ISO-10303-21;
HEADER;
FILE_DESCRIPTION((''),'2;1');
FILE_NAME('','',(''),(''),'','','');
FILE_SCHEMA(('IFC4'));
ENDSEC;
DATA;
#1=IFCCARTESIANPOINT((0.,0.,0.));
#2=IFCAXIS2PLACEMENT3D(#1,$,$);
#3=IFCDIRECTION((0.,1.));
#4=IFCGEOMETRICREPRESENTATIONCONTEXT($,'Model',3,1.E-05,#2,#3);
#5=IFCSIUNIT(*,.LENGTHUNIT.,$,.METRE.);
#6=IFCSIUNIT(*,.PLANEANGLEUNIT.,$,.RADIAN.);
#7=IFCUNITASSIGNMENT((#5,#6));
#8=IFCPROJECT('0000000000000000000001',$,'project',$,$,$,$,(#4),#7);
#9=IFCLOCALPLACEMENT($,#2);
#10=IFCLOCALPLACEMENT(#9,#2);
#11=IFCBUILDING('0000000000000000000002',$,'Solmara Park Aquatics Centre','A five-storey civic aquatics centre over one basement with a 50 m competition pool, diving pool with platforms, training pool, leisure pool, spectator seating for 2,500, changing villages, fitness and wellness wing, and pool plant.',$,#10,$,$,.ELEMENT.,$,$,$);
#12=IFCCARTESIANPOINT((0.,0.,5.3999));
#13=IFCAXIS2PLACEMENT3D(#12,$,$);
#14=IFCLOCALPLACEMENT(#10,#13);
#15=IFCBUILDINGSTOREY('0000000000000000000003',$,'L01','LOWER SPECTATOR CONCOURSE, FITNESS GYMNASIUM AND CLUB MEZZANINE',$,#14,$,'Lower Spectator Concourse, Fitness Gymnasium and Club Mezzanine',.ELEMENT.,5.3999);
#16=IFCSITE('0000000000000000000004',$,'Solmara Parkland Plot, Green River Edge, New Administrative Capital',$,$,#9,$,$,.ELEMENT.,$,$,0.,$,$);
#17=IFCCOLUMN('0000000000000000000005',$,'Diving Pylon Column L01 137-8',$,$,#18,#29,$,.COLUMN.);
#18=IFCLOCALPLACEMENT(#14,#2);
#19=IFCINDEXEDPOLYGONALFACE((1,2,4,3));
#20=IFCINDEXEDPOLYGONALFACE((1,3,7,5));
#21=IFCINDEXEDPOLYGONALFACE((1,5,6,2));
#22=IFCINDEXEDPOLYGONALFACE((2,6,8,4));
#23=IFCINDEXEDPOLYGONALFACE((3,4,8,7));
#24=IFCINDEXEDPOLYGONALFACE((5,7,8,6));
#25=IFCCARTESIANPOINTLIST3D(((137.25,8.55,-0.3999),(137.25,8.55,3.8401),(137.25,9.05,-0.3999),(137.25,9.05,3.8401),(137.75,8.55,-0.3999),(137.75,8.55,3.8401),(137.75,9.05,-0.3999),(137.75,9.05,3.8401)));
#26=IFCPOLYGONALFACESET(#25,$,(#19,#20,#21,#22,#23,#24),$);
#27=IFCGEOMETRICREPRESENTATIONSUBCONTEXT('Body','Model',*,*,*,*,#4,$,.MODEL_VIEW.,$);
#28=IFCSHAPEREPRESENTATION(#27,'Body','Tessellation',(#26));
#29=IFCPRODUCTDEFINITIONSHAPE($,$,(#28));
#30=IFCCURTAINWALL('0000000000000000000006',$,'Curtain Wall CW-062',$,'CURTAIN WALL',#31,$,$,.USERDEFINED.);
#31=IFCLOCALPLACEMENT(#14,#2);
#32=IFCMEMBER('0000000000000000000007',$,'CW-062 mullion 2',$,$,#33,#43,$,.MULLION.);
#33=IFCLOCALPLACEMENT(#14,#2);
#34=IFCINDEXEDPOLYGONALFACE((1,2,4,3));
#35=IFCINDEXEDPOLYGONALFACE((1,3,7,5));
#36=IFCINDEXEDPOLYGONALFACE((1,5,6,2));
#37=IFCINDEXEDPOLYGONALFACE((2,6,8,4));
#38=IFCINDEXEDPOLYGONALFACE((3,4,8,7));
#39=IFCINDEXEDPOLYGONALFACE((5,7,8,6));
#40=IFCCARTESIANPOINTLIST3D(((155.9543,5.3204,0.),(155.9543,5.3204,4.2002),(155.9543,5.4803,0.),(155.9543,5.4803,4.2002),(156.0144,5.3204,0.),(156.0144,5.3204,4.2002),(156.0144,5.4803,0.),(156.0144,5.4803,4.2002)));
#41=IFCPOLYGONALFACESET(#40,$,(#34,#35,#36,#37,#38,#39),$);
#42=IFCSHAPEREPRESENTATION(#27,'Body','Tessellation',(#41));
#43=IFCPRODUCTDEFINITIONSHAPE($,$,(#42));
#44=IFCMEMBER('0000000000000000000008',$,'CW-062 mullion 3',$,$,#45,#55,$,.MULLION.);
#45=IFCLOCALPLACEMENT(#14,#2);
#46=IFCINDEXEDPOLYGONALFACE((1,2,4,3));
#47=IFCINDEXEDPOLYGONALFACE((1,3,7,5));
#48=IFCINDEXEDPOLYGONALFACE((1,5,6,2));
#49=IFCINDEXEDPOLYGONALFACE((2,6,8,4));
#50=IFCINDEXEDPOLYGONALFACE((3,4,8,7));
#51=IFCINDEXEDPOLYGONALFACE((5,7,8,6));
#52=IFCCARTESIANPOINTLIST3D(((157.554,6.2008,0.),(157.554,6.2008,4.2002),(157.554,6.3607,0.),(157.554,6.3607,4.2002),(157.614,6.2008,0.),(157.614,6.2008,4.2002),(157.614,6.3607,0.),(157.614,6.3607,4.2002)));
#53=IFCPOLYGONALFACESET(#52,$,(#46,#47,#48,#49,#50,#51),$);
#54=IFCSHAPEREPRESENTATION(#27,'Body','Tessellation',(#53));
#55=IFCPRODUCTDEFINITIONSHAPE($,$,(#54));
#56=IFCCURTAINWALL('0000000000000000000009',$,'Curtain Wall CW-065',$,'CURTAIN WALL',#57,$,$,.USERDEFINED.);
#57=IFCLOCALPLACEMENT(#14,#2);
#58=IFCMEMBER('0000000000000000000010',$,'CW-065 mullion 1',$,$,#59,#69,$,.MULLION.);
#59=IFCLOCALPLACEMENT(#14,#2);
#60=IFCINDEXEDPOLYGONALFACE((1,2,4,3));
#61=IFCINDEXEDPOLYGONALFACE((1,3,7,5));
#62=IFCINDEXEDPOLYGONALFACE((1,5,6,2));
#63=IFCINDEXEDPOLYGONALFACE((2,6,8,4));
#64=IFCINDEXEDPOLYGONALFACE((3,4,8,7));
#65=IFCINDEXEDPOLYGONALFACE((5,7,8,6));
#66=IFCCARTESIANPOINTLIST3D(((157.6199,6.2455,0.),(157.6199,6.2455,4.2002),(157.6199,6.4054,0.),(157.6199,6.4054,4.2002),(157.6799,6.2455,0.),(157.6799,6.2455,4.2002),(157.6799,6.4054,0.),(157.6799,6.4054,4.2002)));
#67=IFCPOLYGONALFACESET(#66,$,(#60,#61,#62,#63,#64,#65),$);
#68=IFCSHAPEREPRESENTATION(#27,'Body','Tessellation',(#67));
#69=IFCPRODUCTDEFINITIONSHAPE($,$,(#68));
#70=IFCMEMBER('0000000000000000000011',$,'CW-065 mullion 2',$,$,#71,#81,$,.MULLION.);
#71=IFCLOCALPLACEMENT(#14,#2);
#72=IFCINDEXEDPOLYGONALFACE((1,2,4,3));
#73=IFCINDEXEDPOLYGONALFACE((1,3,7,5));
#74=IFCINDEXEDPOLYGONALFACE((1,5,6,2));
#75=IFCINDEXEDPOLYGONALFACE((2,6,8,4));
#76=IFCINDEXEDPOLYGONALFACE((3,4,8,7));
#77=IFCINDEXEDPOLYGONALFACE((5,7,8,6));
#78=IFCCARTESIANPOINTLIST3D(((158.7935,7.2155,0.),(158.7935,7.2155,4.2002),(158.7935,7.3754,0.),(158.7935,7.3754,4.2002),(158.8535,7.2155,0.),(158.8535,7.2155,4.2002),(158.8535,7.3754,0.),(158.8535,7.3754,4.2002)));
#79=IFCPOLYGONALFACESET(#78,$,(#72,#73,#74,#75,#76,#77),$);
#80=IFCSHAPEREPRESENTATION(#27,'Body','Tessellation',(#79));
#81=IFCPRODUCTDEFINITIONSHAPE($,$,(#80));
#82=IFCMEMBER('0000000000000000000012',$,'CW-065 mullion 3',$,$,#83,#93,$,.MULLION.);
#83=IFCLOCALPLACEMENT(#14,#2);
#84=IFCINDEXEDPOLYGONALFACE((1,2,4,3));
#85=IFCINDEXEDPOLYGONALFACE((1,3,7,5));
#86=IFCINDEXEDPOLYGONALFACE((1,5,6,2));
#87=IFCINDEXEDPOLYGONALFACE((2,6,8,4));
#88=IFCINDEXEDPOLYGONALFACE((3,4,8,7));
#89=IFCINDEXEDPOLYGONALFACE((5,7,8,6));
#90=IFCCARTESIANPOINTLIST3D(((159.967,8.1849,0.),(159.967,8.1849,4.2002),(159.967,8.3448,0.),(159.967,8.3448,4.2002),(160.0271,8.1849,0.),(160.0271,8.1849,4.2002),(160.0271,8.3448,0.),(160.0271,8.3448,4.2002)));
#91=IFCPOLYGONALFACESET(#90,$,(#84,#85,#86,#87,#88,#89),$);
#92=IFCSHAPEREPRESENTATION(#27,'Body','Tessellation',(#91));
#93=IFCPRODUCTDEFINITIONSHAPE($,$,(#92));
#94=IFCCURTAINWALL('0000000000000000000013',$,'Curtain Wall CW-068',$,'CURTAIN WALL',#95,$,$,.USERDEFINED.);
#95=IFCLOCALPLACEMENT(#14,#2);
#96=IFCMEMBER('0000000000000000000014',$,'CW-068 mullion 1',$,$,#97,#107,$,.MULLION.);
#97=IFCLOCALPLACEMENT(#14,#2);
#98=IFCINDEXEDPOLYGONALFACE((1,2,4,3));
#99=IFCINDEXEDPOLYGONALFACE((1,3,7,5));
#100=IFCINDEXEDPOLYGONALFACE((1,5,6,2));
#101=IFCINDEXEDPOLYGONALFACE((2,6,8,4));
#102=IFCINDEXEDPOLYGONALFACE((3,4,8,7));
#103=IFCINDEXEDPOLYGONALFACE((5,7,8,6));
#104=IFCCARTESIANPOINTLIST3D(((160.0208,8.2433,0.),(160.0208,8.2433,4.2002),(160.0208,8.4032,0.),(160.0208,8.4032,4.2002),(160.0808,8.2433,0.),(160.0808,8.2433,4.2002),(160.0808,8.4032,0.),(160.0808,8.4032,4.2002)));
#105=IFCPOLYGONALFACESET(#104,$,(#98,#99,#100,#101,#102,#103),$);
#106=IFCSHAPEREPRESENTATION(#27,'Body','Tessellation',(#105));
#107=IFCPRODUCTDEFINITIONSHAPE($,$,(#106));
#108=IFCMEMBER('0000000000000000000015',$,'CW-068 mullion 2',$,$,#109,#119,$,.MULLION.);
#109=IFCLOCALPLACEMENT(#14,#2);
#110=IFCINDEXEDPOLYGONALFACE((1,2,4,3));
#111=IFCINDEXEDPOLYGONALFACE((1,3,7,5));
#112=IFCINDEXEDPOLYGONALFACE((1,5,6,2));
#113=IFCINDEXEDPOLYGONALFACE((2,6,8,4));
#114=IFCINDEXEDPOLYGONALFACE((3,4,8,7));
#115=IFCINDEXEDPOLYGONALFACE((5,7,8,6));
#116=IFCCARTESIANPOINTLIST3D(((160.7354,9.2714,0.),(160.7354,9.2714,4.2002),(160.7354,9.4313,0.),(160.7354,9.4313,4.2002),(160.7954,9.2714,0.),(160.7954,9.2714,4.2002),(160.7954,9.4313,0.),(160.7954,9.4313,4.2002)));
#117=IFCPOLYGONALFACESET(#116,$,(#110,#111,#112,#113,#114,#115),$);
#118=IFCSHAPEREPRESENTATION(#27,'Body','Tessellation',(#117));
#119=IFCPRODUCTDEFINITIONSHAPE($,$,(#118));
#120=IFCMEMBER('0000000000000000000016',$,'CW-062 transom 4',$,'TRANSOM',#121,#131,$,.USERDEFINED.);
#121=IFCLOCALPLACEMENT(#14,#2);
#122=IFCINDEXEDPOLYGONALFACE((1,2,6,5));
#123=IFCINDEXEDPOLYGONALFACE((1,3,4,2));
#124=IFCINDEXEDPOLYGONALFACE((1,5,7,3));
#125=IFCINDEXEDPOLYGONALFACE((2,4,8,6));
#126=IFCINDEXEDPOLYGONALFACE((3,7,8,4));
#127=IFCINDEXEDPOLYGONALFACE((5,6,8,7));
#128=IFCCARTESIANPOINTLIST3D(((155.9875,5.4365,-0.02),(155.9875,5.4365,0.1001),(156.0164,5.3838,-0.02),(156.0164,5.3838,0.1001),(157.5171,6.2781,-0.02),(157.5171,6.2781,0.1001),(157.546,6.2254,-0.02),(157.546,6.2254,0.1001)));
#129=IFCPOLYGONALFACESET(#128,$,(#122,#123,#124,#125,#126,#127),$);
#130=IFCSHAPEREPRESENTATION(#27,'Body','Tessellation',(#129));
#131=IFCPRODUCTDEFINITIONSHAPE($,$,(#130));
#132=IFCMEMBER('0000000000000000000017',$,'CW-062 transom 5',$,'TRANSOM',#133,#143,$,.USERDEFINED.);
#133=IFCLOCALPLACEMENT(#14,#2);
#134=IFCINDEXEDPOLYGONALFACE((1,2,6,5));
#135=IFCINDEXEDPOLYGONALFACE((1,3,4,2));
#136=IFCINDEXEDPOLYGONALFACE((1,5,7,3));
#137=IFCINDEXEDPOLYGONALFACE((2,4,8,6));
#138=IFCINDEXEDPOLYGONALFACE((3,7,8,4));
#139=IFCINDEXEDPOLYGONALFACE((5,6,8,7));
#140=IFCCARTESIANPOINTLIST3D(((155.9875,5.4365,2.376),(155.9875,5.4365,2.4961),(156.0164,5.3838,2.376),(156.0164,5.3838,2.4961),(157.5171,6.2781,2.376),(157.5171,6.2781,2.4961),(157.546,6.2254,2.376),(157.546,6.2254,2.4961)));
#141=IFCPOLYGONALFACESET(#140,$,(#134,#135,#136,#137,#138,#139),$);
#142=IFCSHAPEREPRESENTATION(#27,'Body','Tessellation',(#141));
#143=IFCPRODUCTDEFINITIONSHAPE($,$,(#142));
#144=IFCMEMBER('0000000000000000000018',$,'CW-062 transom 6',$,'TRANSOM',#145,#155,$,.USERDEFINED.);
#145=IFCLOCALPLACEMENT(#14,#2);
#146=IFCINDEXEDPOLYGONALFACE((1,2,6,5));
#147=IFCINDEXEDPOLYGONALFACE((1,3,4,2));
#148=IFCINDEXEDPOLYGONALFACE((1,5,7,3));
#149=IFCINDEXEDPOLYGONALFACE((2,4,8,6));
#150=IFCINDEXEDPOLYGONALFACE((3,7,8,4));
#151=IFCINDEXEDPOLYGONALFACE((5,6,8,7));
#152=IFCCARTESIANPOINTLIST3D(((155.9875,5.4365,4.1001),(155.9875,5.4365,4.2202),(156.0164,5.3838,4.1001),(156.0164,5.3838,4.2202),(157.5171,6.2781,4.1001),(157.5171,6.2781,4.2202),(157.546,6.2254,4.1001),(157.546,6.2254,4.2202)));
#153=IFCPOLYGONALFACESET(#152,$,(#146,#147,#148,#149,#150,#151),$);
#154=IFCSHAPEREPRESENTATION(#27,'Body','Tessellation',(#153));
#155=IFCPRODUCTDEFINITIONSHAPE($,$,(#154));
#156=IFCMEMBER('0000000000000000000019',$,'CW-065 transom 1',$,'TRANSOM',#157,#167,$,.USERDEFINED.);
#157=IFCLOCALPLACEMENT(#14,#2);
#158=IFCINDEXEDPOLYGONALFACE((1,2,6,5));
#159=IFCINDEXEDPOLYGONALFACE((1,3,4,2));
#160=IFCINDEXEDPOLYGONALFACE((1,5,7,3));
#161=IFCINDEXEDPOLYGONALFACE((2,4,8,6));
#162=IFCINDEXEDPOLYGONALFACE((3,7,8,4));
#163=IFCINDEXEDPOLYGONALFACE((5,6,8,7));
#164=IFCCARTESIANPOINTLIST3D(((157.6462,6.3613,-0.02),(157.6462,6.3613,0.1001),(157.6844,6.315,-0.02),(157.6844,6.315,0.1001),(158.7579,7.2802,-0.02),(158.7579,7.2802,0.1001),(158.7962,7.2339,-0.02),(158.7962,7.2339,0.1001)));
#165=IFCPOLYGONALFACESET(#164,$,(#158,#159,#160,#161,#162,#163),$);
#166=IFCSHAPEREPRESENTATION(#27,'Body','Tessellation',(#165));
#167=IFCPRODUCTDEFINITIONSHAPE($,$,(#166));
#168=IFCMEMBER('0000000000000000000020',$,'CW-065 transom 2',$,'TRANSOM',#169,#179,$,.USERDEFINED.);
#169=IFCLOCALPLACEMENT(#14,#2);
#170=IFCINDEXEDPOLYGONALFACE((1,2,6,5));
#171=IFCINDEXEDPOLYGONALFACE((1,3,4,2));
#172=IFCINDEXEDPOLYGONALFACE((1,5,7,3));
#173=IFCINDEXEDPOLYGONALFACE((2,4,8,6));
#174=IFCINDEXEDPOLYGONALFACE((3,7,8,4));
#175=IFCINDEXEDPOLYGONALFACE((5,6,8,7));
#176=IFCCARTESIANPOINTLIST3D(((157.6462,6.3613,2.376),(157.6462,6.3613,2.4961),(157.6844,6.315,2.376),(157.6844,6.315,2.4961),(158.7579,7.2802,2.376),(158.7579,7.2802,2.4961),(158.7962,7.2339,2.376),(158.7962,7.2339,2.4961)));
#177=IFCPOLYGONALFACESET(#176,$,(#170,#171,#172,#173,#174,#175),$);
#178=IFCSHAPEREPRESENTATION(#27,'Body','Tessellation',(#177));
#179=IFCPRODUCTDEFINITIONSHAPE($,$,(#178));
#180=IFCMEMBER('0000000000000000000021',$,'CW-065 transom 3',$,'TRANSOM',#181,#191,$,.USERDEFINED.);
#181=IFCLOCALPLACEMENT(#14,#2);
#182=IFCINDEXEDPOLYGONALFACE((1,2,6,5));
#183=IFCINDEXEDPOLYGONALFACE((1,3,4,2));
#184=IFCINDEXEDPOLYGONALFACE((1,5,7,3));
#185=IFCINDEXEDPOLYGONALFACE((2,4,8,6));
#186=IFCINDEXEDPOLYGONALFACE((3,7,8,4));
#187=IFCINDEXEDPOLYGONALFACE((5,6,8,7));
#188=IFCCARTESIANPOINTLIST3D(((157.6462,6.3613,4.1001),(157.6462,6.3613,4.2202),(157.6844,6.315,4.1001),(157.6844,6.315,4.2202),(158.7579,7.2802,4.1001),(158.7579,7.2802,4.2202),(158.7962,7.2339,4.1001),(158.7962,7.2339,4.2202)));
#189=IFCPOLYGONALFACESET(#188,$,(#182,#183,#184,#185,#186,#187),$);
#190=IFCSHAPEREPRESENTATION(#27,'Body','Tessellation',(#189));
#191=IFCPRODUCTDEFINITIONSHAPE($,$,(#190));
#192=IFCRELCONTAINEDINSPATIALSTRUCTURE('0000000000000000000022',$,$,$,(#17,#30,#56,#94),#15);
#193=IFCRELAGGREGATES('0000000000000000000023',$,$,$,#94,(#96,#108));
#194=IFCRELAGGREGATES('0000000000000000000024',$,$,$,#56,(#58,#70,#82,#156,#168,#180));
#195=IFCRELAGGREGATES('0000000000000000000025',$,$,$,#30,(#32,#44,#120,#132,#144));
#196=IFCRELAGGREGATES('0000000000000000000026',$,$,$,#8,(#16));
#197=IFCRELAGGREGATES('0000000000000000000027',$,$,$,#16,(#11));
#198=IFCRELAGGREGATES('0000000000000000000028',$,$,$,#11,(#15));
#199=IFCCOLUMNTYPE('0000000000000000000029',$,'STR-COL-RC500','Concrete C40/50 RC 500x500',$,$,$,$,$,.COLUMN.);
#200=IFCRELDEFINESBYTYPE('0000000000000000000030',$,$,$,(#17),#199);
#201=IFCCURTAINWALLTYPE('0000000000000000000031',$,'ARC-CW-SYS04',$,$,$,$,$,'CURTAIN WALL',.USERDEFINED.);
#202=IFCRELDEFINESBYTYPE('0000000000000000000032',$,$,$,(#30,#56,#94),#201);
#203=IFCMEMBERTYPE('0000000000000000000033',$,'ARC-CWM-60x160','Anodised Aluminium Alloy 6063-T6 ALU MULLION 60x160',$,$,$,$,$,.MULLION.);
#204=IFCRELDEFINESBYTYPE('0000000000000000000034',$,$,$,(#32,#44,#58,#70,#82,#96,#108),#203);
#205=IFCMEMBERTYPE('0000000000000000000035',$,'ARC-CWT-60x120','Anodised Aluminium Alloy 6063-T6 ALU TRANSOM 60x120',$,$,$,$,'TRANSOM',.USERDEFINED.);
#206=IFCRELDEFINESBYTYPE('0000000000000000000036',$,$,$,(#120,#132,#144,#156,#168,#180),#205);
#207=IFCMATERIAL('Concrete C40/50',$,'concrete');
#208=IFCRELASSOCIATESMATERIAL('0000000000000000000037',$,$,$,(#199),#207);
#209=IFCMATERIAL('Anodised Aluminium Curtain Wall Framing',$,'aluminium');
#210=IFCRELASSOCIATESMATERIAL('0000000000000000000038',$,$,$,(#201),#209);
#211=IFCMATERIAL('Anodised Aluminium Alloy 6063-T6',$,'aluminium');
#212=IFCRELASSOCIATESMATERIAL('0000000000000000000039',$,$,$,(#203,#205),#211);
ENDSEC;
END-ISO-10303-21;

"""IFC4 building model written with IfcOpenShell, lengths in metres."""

from ifc_helpers import new_model, si_unit, direction, frame, origin, origin_2d, place, context, subcontext, project, spatial, rectangle, extrude, material, material_profile, profile_set, type_object, element, aggregate, save


model = new_model("IFC4")

# Units and contexts
model_context = context("Model", 3, precision=1e-05, world=origin(), true_north=direction((0.0, 1.0)))
body_context = subcontext(model_context, "Body", "Model", "MODEL_VIEW")
ifc_project = project(units=[si_unit("LENGTHUNIT", "METRE"), si_unit("PLANEANGLEUNIT", "RADIAN")], contexts=[model_context])

# Site, building, storey
site_placement = place(None, origin())
site = spatial("IfcSite", under=ifc_project, at=site_placement, Name="Solmara Parkland Plot, Green River Edge, New Administrative Capital", CompositionType="ELEMENT", RefElevation=0.0)
building_placement = place(site_placement, origin())
building = spatial("IfcBuilding", under=site, at=building_placement, Name="Solmara Park Aquatics Centre", Description="A five-storey civic aquatics centre over one basement with a 50 m competition pool, diving pool with platforms, training pool, leisure pool, spectator seating for 2,500, changing villages, fitness and wellness wing, and pool plant.", CompositionType="ELEMENT")
storey_placement = place(building_placement, frame((0.0, 0.0, 5.3999)))
storey = spatial("IfcBuildingStorey", under=building, at=storey_placement, Name="L01", Description="LOWER SPECTATOR CONCOURSE, FITNESS GYMNASIUM AND CLUB MEZZANINE", LongName="Lower Spectator Concourse, Fitness Gymnasium and Club Mezzanine", CompositionType="ELEMENT", Elevation=5.3999)

# Column
ifc_material_1 = material(Name="Concrete C40/50", Category="concrete")
ifc_material_profile_1 = material_profile(ifc_material_1, rectangle(XDim=0.5, YDim=0.5, at=origin_2d()), Name="RC 500x500")
ifc_profile_set_1 = profile_set([ifc_material_profile_1], Name="Concrete C40/50")
column_type = type_object("IfcColumnType", Name="STR-COL-RC500", Description="Concrete C40/50 RC 500x500", PredefinedType="COLUMN", material=ifc_profile_set_1)
column_placement = place(storey_placement, frame((137.5, 8.8, -0.3999), z_axis=(0.0, 0.0, 1.0), x_axis=(1.0, 0.0, 0.0)))
element("IfcColumn", 1, at=column_placement, inside=storey, type_object=column_type, Name="Diving Pylon Column L01 137-8", PredefinedType="COLUMN", context=body_context, shape_type="SweptSolid", body=[
    extrude(rectangle(XDim=0.5, YDim=0.5, at=origin_2d()), origin(), (0.0, 0.0, 1.0), 4.24),
])

# Curtain walls, members
ifc_material_2 = material(Name="Anodised Aluminium Curtain Wall Framing", Category="aluminium")
curtain_wall_type = type_object("IfcCurtainWallType", Name="ARC-CW-SYS04", ElementType="CURTAIN WALL", PredefinedType="USERDEFINED", material=ifc_material_2)
curtain_wall_1_placement = place(storey_placement, origin())
curtain_wall_1 = element("IfcCurtainWall", 2, at=curtain_wall_1_placement, inside=storey, type_object=curtain_wall_type, Name="Curtain Wall CW-062", ObjectType="CURTAIN WALL", PredefinedType="USERDEFINED")
ifc_material_3 = material(Name="Anodised Aluminium Alloy 6063-T6", Category="aluminium")
ifc_material_profile_2 = material_profile(ifc_material_3, rectangle(XDim=0.0601, YDim=0.1599, at=origin_2d()), Name="ALU MULLION 60x160")
ifc_profile_set_2 = profile_set([ifc_material_profile_2], Name="Anodised Aluminium Alloy 6063-T6")
member_type_1 = type_object("IfcMemberType", Name="ARC-CWM-60x160", Description="Anodised Aluminium Alloy 6063-T6 ALU MULLION 60x160", PredefinedType="MULLION", material=ifc_profile_set_2)
member_1_placement = place(storey_placement, frame((155.9844, 5.4004, 0.0), z_axis=(0.0, 0.0, 1.0), x_axis=(1.0, 0.0, 0.0)))
member_1 = element("IfcMember", 3, at=member_1_placement, type_object=member_type_1, Name="CW-062 mullion 2", PredefinedType="MULLION", context=body_context, shape_type="SweptSolid", body=[
    extrude(rectangle(XDim=0.0601, YDim=0.1599, at=origin_2d()), origin(), (0.0, 0.0, 1.0), 4.2002),
])
member_2_placement = place(storey_placement, frame((157.584, 6.2808, 0.0), z_axis=(0.0, 0.0, 1.0), x_axis=(1.0, 0.0, 0.0)))
member_2 = element("IfcMember", 4, at=member_2_placement, type_object=member_type_1, Name="CW-062 mullion 3", PredefinedType="MULLION", context=body_context, shape_type="SweptSolid", body=[
    extrude(rectangle(XDim=0.0601, YDim=0.1599, at=origin_2d()), origin(), (0.0, 0.0, 1.0), 4.2002),
])
curtain_wall_2_placement = place(storey_placement, origin())
curtain_wall_2 = element("IfcCurtainWall", 5, at=curtain_wall_2_placement, inside=storey, type_object=curtain_wall_type, Name="Curtain Wall CW-065", ObjectType="CURTAIN WALL", PredefinedType="USERDEFINED")
member_3_placement = place(storey_placement, frame((157.6499, 6.3254, 0.0), z_axis=(0.0, 0.0, 1.0), x_axis=(1.0, 0.0, 0.0)))
member_3 = element("IfcMember", 6, at=member_3_placement, type_object=member_type_1, Name="CW-065 mullion 1", PredefinedType="MULLION", context=body_context, shape_type="SweptSolid", body=[
    extrude(rectangle(XDim=0.0601, YDim=0.1599, at=origin_2d()), origin(), (0.0, 0.0, 1.0), 4.2002),
])
member_4_placement = place(storey_placement, frame((158.8235, 7.2954, 0.0), z_axis=(0.0, 0.0, 1.0), x_axis=(1.0, 0.0, 0.0)))
member_4 = element("IfcMember", 7, at=member_4_placement, type_object=member_type_1, Name="CW-065 mullion 2", PredefinedType="MULLION", context=body_context, shape_type="SweptSolid", body=[
    extrude(rectangle(XDim=0.0601, YDim=0.1599, at=origin_2d()), origin(), (0.0, 0.0, 1.0), 4.2002),
])
member_5_placement = place(storey_placement, frame((159.9971, 8.2649, 0.0), z_axis=(0.0, 0.0, 1.0), x_axis=(1.0, 0.0, 0.0)))
member_5 = element("IfcMember", 8, at=member_5_placement, type_object=member_type_1, Name="CW-065 mullion 3", PredefinedType="MULLION", context=body_context, shape_type="SweptSolid", body=[
    extrude(rectangle(XDim=0.0601, YDim=0.1599, at=origin_2d()), origin(), (0.0, 0.0, 1.0), 4.2002),
])
curtain_wall_3_placement = place(storey_placement, origin())
curtain_wall_3 = element("IfcCurtainWall", 9, at=curtain_wall_3_placement, inside=storey, type_object=curtain_wall_type, Name="Curtain Wall CW-068", ObjectType="CURTAIN WALL", PredefinedType="USERDEFINED")
member_6_placement = place(storey_placement, frame((160.0508, 8.3232, 0.0), z_axis=(0.0, 0.0, 1.0), x_axis=(1.0, 0.0, 0.0)))
member_6 = element("IfcMember", 10, at=member_6_placement, type_object=member_type_1, Name="CW-068 mullion 1", PredefinedType="MULLION", context=body_context, shape_type="SweptSolid", body=[
    extrude(rectangle(XDim=0.0601, YDim=0.1599, at=origin_2d()), origin(), (0.0, 0.0, 1.0), 4.2002),
])
member_7_placement = place(storey_placement, frame((160.7654, 9.3513, 0.0), z_axis=(0.0, 0.0, 1.0), x_axis=(1.0, 0.0, 0.0)))
member_7 = element("IfcMember", 11, at=member_7_placement, type_object=member_type_1, Name="CW-068 mullion 2", PredefinedType="MULLION", context=body_context, shape_type="SweptSolid", body=[
    extrude(rectangle(XDim=0.0601, YDim=0.1599, at=origin_2d()), origin(), (0.0, 0.0, 1.0), 4.2002),
])

# Members
ifc_material_profile_3 = material_profile(ifc_material_3, rectangle(XDim=0.0601, YDim=0.1201, at=origin_2d()), Name="ALU TRANSOM 60x120")
ifc_profile_set_3 = profile_set([ifc_material_profile_3], Name="Anodised Aluminium Alloy 6063-T6")
member_type_2 = type_object("IfcMemberType", Name="ARC-CWT-60x120", Description="Anodised Aluminium Alloy 6063-T6 ALU TRANSOM 60x120", ElementType="TRANSOM", PredefinedType="USERDEFINED", material=ifc_profile_set_3)
member_8_placement = place(storey_placement, frame((156.002, 5.4102, 0.04), z_axis=(0.876142, 0.482053, 0.0), x_axis=(-0.482053, 0.876142, 0.0)))
member_8 = element("IfcMember", 12, at=member_8_placement, type_object=member_type_2, Name="CW-062 transom 4", ObjectType="TRANSOM", PredefinedType="USERDEFINED", context=body_context, shape_type="SweptSolid", body=[
    extrude(rectangle(XDim=0.0601, YDim=0.1201, at=origin_2d()), origin(), (0.0, 0.0, 1.0), 1.7458),
])
member_9_placement = place(storey_placement, frame((156.002, 5.4102, 2.436), z_axis=(0.876142, 0.482053, 0.0), x_axis=(-0.482053, 0.876142, 0.0)))
member_9 = element("IfcMember", 13, at=member_9_placement, type_object=member_type_2, Name="CW-062 transom 5", ObjectType="TRANSOM", PredefinedType="USERDEFINED", context=body_context, shape_type="SweptSolid", body=[
    extrude(rectangle(XDim=0.0601, YDim=0.1201, at=origin_2d()), origin(), (0.0, 0.0, 1.0), 1.7458),
])
member_10_placement = place(storey_placement, frame((156.002, 5.4102, 4.1602), z_axis=(0.876142, 0.482053, 0.0), x_axis=(-0.482053, 0.876142, 0.0)))
member_10 = element("IfcMember", 14, at=member_10_placement, type_object=member_type_2, Name="CW-062 transom 6", ObjectType="TRANSOM", PredefinedType="USERDEFINED", context=body_context, shape_type="SweptSolid", body=[
    extrude(rectangle(XDim=0.0601, YDim=0.1201, at=origin_2d()), origin(), (0.0, 0.0, 1.0), 1.7458),
])
member_11_placement = place(storey_placement, frame((157.6653, 6.3381, 0.04), z_axis=(0.770796, 0.637083, 0.0), x_axis=(-0.637083, 0.770796, 0.0)))
member_11 = element("IfcMember", 15, at=member_11_placement, type_object=member_type_2, Name="CW-065 transom 1", ObjectType="TRANSOM", PredefinedType="USERDEFINED", context=body_context, shape_type="SweptSolid", body=[
    extrude(rectangle(XDim=0.0601, YDim=0.1201, at=origin_2d()), origin(), (0.0, 0.0, 1.0), 1.4424),
])
member_12_placement = place(storey_placement, frame((157.6653, 6.3381, 2.436), z_axis=(0.770796, 0.637083, 0.0), x_axis=(-0.637083, 0.770796, 0.0)))
member_12 = element("IfcMember", 16, at=member_12_placement, type_object=member_type_2, Name="CW-065 transom 2", ObjectType="TRANSOM", PredefinedType="USERDEFINED", context=body_context, shape_type="SweptSolid", body=[
    extrude(rectangle(XDim=0.0601, YDim=0.1201, at=origin_2d()), origin(), (0.0, 0.0, 1.0), 1.4424),
])
member_13_placement = place(storey_placement, frame((157.6653, 6.3381, 4.1602), z_axis=(0.770796, 0.637083, 0.0), x_axis=(-0.637083, 0.770796, 0.0)))
member_13 = element("IfcMember", 17, at=member_13_placement, type_object=member_type_2, Name="CW-065 transom 3", ObjectType="TRANSOM", PredefinedType="USERDEFINED", context=body_context, shape_type="SweptSolid", body=[
    extrude(rectangle(XDim=0.0601, YDim=0.1201, at=origin_2d()), origin(), (0.0, 0.0, 1.0), 1.4424),
])

aggregate(curtain_wall_3, [member_6, member_7])
aggregate(curtain_wall_2, [member_3, member_4, member_5, member_11, member_12, member_13])
aggregate(curtain_wall_1, [member_1, member_2, member_8, member_9, member_10])

save(model, "model.ifc")
